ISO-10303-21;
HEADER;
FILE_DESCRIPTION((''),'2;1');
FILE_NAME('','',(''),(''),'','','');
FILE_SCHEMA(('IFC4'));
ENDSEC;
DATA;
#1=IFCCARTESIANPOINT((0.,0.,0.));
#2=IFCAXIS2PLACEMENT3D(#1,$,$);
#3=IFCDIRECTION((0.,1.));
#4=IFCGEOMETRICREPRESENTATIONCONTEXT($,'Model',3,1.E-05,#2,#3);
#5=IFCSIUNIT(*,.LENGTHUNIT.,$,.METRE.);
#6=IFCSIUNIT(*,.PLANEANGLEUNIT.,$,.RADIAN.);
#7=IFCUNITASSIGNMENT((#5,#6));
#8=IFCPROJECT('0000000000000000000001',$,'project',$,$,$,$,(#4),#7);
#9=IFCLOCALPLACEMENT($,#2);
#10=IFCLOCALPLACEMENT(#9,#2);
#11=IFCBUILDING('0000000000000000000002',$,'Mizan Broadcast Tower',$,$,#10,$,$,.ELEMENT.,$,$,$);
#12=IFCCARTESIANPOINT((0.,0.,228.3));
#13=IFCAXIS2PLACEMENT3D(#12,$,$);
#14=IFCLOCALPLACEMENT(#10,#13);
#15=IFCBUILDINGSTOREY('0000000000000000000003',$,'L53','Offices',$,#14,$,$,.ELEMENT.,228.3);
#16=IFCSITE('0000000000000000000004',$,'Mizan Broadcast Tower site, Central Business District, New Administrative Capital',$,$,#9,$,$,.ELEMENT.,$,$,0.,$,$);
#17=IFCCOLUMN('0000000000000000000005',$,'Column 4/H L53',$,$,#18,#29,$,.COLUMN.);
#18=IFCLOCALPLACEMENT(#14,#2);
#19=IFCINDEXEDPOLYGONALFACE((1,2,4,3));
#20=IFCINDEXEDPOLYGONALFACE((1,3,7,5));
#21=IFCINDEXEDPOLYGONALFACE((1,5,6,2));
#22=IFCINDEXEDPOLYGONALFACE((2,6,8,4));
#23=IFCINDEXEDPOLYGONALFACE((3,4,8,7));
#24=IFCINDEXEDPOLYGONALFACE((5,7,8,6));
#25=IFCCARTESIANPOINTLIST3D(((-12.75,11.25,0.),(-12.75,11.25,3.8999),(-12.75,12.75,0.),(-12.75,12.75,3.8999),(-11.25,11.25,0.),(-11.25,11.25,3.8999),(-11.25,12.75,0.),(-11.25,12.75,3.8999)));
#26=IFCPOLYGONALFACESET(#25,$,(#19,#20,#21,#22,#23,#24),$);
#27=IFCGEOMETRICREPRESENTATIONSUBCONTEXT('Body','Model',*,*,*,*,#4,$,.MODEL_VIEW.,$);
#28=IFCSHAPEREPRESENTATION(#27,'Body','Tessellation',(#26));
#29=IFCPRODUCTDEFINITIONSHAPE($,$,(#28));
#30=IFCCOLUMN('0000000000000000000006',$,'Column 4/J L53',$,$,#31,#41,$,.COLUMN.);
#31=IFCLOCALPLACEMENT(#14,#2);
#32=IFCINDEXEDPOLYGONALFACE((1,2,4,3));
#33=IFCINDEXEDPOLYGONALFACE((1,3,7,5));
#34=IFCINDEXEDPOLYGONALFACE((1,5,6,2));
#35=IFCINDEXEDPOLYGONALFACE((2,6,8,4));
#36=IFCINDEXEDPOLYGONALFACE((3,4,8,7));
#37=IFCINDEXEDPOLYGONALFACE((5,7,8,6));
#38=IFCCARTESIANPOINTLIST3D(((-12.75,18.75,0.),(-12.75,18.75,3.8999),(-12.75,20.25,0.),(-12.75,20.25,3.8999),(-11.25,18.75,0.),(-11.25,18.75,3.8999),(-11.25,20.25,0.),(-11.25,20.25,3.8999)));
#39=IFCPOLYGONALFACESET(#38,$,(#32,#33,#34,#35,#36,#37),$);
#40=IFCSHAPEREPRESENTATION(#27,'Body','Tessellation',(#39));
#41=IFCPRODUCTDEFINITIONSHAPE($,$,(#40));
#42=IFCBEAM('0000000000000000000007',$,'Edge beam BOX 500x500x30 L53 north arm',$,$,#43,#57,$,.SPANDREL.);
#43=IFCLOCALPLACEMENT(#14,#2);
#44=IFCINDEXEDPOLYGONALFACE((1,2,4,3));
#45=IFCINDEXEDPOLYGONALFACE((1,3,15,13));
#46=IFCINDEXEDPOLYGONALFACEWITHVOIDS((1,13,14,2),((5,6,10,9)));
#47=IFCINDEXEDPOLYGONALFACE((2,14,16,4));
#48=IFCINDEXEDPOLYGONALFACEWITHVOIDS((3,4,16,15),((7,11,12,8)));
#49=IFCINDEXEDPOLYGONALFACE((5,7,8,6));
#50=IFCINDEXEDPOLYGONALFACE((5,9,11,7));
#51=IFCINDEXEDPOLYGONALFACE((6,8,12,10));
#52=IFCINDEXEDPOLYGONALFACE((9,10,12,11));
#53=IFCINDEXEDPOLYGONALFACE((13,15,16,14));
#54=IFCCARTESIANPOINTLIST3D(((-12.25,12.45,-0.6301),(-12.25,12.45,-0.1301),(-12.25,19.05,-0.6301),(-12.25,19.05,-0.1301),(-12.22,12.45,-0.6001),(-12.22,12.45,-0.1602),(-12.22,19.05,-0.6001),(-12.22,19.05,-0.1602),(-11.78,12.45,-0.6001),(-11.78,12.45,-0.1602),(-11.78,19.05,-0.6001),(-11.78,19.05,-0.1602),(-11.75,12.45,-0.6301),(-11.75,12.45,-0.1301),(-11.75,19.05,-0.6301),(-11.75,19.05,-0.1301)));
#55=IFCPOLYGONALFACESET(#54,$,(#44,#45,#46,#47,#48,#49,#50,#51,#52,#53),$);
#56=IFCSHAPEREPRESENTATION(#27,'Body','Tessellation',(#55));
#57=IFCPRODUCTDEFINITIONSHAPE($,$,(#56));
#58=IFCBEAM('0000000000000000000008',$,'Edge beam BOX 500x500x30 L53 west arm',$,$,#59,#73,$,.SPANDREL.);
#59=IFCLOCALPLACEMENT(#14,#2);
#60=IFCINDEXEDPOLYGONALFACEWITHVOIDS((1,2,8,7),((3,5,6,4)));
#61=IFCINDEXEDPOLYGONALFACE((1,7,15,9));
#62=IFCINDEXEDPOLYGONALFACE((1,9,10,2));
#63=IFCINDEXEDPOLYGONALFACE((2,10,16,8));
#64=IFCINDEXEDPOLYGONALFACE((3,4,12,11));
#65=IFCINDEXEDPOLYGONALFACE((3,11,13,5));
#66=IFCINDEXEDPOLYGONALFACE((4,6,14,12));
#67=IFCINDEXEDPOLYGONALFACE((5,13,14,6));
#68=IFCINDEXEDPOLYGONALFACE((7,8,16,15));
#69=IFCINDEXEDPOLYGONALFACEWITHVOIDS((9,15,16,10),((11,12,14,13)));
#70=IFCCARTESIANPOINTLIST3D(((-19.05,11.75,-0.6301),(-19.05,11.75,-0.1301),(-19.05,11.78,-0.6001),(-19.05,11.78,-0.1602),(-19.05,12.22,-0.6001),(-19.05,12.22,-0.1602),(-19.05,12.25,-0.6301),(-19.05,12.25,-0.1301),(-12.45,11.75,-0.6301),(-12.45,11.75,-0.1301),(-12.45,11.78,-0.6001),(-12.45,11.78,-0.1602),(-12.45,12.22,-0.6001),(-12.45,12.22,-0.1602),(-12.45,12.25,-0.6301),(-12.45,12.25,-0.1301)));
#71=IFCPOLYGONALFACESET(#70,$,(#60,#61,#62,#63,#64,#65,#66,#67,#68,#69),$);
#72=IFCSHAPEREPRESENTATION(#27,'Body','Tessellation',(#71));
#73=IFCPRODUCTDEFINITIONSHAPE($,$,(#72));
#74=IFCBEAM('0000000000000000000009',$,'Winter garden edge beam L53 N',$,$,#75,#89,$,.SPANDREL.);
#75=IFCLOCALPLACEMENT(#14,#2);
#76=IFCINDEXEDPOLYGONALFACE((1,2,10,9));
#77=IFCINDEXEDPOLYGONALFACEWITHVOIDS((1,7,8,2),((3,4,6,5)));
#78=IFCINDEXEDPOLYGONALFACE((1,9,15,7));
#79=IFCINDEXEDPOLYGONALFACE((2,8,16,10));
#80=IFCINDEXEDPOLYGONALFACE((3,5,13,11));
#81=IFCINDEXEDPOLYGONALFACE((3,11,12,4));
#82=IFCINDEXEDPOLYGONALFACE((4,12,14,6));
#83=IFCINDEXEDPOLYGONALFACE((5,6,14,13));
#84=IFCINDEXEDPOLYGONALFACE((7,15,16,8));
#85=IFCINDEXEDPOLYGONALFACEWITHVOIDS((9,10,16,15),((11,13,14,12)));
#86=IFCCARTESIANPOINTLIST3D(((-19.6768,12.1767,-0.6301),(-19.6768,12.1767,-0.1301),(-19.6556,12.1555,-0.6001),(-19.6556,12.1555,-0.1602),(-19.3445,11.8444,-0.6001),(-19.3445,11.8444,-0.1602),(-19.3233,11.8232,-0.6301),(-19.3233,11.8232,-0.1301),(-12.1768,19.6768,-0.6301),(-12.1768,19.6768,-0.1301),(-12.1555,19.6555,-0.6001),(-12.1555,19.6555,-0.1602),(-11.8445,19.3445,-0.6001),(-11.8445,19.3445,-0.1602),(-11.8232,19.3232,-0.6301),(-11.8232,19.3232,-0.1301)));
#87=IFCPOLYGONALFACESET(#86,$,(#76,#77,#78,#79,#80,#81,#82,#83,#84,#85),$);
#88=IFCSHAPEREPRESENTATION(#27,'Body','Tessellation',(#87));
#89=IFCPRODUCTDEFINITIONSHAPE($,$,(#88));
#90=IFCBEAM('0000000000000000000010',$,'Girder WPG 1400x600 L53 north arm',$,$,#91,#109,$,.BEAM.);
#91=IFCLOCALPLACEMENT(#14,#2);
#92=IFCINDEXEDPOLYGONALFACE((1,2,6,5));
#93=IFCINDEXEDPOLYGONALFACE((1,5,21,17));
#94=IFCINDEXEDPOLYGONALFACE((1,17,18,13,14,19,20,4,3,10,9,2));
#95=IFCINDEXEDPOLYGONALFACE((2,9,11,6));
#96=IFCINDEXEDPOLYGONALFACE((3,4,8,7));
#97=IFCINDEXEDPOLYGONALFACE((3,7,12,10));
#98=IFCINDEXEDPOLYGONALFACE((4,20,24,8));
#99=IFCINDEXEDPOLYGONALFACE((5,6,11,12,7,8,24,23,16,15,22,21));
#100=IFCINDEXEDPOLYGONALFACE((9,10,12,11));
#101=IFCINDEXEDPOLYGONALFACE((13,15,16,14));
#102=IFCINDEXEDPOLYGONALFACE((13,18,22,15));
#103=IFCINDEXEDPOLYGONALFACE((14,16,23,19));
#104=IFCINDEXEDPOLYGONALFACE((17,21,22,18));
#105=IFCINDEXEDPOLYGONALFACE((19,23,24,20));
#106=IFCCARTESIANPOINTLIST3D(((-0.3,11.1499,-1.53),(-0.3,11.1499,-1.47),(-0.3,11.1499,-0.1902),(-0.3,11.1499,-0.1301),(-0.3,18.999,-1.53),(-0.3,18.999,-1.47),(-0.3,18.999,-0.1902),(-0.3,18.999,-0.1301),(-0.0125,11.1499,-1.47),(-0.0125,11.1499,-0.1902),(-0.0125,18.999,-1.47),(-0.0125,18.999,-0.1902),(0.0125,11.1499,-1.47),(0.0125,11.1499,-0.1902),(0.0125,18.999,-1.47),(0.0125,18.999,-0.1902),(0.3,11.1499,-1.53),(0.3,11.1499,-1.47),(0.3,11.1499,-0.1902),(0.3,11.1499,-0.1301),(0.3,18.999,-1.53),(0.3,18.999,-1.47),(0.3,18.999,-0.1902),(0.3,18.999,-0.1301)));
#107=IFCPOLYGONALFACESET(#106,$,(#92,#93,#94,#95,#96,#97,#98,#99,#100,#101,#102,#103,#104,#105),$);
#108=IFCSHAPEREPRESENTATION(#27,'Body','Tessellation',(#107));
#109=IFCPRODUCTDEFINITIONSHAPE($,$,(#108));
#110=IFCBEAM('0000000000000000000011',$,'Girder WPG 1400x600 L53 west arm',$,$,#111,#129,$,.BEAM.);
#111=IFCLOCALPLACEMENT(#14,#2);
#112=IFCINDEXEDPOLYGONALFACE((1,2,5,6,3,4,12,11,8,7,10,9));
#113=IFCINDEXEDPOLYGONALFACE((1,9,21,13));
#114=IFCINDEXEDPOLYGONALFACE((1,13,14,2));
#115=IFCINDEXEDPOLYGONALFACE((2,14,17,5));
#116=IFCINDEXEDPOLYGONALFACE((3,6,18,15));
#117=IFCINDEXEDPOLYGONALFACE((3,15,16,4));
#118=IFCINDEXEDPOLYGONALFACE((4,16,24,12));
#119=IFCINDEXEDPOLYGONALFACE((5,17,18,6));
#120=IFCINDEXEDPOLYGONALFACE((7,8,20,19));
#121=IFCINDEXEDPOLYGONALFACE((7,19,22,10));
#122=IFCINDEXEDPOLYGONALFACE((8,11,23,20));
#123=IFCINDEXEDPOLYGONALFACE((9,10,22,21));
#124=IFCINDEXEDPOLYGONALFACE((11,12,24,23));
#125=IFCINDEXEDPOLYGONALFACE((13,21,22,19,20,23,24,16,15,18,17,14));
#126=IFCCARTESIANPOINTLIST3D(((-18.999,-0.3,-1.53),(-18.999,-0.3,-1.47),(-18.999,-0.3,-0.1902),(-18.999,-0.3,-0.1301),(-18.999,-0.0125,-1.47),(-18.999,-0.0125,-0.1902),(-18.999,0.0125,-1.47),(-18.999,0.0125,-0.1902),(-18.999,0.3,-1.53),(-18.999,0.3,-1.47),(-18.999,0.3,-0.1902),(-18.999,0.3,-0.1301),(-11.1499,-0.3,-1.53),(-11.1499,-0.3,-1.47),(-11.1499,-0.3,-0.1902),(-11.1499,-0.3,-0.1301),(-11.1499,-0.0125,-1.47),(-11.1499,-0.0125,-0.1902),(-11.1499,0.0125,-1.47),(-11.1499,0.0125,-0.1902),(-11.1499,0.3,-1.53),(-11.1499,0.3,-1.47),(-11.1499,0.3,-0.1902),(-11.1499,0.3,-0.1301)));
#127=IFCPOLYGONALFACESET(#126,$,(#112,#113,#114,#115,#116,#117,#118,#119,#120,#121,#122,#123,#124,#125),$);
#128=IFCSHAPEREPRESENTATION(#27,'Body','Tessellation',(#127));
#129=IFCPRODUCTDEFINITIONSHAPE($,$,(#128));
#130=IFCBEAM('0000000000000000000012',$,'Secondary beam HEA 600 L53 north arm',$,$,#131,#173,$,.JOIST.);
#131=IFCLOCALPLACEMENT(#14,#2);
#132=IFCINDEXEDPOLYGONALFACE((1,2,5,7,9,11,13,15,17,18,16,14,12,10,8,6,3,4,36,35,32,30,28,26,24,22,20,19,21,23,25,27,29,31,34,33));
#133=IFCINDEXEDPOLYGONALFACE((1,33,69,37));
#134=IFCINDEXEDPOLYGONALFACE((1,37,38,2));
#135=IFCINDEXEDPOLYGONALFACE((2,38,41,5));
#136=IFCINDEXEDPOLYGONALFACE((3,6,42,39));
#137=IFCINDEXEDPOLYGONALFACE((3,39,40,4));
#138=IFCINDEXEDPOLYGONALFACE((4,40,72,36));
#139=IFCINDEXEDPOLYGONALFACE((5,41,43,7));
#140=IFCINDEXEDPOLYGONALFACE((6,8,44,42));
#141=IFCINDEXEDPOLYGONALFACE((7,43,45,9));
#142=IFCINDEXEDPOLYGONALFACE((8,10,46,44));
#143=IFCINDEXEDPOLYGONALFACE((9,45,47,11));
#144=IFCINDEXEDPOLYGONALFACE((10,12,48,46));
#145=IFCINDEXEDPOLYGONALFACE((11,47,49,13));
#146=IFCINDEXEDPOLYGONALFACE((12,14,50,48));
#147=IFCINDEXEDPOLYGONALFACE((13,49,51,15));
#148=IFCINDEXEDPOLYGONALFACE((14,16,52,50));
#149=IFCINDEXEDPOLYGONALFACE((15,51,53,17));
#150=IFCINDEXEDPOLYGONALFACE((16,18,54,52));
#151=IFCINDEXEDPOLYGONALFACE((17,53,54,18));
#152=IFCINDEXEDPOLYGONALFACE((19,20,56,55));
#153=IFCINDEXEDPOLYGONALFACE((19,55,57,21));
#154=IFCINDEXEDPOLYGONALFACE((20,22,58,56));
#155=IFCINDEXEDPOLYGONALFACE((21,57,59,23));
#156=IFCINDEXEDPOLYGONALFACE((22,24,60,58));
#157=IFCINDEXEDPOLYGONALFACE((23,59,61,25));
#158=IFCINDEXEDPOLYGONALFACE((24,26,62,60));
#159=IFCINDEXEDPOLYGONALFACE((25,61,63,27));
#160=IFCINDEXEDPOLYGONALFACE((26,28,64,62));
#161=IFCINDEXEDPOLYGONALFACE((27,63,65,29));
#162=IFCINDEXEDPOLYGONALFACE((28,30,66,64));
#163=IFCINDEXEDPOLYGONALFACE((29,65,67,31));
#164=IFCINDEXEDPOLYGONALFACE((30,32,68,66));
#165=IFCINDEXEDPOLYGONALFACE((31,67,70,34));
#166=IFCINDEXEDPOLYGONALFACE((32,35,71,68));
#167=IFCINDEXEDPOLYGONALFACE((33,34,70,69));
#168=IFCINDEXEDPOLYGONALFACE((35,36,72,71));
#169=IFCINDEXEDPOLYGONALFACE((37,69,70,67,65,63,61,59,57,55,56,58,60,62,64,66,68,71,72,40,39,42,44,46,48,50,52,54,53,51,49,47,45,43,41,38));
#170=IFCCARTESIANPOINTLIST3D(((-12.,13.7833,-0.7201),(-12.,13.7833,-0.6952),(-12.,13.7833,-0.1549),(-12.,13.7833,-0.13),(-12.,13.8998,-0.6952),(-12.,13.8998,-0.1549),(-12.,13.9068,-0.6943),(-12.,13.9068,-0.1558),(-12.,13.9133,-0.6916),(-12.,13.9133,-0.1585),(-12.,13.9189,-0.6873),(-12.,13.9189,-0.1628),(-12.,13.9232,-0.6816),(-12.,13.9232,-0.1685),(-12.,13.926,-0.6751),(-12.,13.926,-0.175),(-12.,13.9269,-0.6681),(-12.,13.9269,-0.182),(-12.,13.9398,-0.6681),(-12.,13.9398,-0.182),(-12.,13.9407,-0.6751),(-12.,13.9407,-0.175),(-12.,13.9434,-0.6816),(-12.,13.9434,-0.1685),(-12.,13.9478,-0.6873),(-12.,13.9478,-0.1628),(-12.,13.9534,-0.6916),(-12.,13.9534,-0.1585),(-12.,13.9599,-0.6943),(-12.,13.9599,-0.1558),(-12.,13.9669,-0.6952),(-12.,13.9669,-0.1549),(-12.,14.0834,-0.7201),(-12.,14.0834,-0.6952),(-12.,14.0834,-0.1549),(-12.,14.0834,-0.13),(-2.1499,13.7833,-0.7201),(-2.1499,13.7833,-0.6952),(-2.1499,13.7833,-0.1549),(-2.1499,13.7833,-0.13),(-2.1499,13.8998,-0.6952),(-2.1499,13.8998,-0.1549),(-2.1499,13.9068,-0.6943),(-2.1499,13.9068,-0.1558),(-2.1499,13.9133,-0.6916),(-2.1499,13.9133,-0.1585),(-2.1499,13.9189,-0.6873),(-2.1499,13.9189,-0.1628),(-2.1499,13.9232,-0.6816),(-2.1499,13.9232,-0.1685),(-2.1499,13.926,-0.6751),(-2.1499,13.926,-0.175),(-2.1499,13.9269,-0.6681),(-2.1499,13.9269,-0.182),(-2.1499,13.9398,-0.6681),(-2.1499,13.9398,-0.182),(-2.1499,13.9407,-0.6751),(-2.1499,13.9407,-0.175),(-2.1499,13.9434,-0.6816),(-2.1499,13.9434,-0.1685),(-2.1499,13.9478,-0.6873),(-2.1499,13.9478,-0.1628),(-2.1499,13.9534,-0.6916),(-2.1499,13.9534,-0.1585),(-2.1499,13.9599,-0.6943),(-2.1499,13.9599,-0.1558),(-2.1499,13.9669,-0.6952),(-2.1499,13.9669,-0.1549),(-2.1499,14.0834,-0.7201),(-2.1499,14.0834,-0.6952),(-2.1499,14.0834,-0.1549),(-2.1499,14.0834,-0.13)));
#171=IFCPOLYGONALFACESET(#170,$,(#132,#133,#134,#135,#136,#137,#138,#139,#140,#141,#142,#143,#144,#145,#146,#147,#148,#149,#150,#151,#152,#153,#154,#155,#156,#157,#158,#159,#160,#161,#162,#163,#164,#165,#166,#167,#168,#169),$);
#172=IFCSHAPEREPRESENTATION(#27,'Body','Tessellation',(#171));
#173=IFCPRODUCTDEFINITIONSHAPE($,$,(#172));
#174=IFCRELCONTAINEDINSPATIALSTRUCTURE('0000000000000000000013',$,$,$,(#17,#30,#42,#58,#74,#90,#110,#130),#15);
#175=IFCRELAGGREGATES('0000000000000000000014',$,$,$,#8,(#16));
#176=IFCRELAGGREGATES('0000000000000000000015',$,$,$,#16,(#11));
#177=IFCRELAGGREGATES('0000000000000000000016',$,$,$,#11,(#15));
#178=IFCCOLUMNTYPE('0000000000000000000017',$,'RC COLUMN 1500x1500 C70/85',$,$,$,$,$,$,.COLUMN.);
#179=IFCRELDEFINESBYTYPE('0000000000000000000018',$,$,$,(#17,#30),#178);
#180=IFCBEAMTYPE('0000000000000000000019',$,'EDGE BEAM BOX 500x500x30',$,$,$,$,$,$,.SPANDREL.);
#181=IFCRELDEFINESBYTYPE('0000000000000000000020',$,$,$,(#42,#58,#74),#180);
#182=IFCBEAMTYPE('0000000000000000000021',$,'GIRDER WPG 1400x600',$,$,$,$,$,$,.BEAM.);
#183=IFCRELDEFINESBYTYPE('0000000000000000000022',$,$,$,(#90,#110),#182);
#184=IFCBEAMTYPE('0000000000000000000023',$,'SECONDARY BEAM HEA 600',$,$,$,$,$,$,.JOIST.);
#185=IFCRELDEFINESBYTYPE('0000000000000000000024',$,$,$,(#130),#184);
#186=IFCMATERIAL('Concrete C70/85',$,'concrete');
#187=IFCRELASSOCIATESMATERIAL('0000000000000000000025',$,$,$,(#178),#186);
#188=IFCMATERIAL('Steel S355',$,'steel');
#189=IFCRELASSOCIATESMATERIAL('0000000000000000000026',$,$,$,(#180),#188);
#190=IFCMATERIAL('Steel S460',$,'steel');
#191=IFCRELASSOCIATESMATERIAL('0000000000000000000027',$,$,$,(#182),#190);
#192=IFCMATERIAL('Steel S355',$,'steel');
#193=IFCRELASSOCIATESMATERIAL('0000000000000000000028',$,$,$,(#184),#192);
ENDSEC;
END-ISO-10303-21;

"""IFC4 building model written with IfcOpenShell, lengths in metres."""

from ifc_helpers import new_model, si_unit, direction, frame, origin, origin_2d, place, context, subcontext, project, spatial, rectangle, hollow_rectangle, i_section, extrude, material, material_profile, profile_set, type_object, element, save


model = new_model("IFC4")

# Units and contexts
model_context = context("Model", 3, precision=1e-05, world=origin(), true_north=direction((0.0, 1.0)))
body_context = subcontext(model_context, "Body", "Model", "MODEL_VIEW")
ifc_project = project(units=[si_unit("LENGTHUNIT", "METRE"), si_unit("PLANEANGLEUNIT", "RADIAN")], contexts=[model_context])

# Site, building, storey
site_placement = place(None, origin())
site = spatial("IfcSite", under=ifc_project, at=site_placement, Name="Mizan Broadcast Tower site, Central Business District, New Administrative Capital", CompositionType="ELEMENT", RefElevation=0.0)
building_placement = place(site_placement, origin())
building = spatial("IfcBuilding", under=site, at=building_placement, Name="Mizan Broadcast Tower", CompositionType="ELEMENT")
storey_placement = place(building_placement, frame((0.0, 0.0, 228.3)))
storey = spatial("IfcBuildingStorey", under=building, at=storey_placement, Name="L53", Description="Offices", CompositionType="ELEMENT", Elevation=228.3)

# Columns
ifc_material_1 = material(Name="Concrete C70/85", Category="concrete")
ifc_material_profile_1 = material_profile(ifc_material_1, rectangle(XDim=1.5, YDim=1.5, at=origin_2d()), Name="RC 1500x1500")
ifc_profile_set_1 = profile_set([ifc_material_profile_1], Name="Concrete C70/85")
column_type = type_object("IfcColumnType", Name="RC COLUMN 1500x1500 C70/85", PredefinedType="COLUMN", material=ifc_profile_set_1)
for number, where, z_axis, x_axis, name in (
    (1, (-12.0, 12.0, 0.0), (0.0, 0.0, 1.0), (1.0, 0.0, 0.0), "Column 4/H L53"),
    (2, (-12.0, 19.5, 0.0), (0.0, 0.0, 1.0), (1.0, 0.0, 0.0), "Column 4/J L53"),
):
    element("IfcColumn", number, at=place(storey_placement, frame(where, z_axis=z_axis, x_axis=x_axis)), inside=storey, type_object=column_type, Name=name, PredefinedType="COLUMN", context=body_context, shape_type="SweptSolid", body=[
        extrude(rectangle(XDim=1.5, YDim=1.5, at=origin_2d()), origin(), (0.0, 0.0, 1.0), 3.8999),
    ])

# Beams
ifc_material_2 = material(Name="Steel S355", Category="steel")
ifc_material_profile_2 = material_profile(ifc_material_2, hollow_rectangle(XDim=0.5, YDim=0.5, WallThickness=0.03, at=origin_2d()), Name="BOX 500x500x30")
ifc_profile_set_2 = profile_set([ifc_material_profile_2], Name="Steel S355")
beam_type_1 = type_object("IfcBeamType", Name="EDGE BEAM BOX 500x500x30", PredefinedType="SPANDREL", material=ifc_profile_set_2)
for number, where, z_axis, x_axis, name in (
    (3, (-12.0, 12.45, -0.3801), (0.0, 1.0, 0.0), (-1.0, 0.0, 0.0), "Edge beam BOX 500x500x30 L53 north arm"),
    (4, (-12.45, 12.0, -0.3801), (-1.0, 0.0, 0.0), (0.0, -1.0, 0.0), "Edge beam BOX 500x500x30 L53 west arm"),
):
    element("IfcBeam", number, at=place(storey_placement, frame(where, z_axis=z_axis, x_axis=x_axis)), inside=storey, type_object=beam_type_1, Name=name, PredefinedType="SPANDREL", context=body_context, shape_type="SweptSolid", body=[
        extrude(hollow_rectangle(XDim=0.5, YDim=0.5, WallThickness=0.03, at=origin_2d()), origin(), (0.0, 0.0, 1.0), 6.6001),
    ])
beam_1_placement = place(storey_placement, frame((-12.0, 19.5, -0.3801), z_axis=(-0.707107, -0.707107, 0.0), x_axis=(0.707107, -0.707107, 0.0)))
element("IfcBeam", 5, at=beam_1_placement, inside=storey, type_object=beam_type_1, Name="Winter garden edge beam L53 N", PredefinedType="SPANDREL", context=body_context, shape_type="SweptSolid", body=[
    extrude(hollow_rectangle(XDim=0.5, YDim=0.5, WallThickness=0.03, at=origin_2d()), origin(), (0.0, 0.0, 1.0), 10.6067),
])
ifc_material_3 = material(Name="Steel S460", Category="steel")
ifc_material_profile_3 = material_profile(ifc_material_3, i_section(OverallWidth=0.6001, OverallDepth=1.3999, WebThickness=0.0249, FlangeThickness=0.0601, at=origin_2d()), Name="WPG 1400x600")
ifc_profile_set_3 = profile_set([ifc_material_profile_3], Name="Steel S460")
beam_type_2 = type_object("IfcBeamType", Name="GIRDER WPG 1400x600", PredefinedType="BEAM", material=ifc_profile_set_3)
for number, where, z_axis, x_axis, name in (
    (6, (0.0, 11.1499, -0.8301), (0.0, 1.0, 0.0), (-1.0, 0.0, 0.0), "Girder WPG 1400x600 L53 north arm"),
    (7, (-11.1499, 0.0, -0.8301), (-1.0, 0.0, 0.0), (0.0, -1.0, 0.0), "Girder WPG 1400x600 L53 west arm"),
):
    element("IfcBeam", number, at=place(storey_placement, frame(where, z_axis=z_axis, x_axis=x_axis)), inside=storey, type_object=beam_type_2, Name=name, PredefinedType="BEAM", context=body_context, shape_type="SweptSolid", body=[
        extrude(i_section(OverallWidth=0.6001, OverallDepth=1.3999, WebThickness=0.0249, FlangeThickness=0.0601, at=origin_2d()), origin(), (0.0, 0.0, 1.0), 7.8491),
    ])
ifc_material_4 = material(Name="Steel S355", Category="steel")
ifc_material_profile_4 = material_profile(ifc_material_4, i_section(OverallWidth=0.3, OverallDepth=0.5901, WebThickness=0.0129, FlangeThickness=0.0249, FilletRadius=0.0271, at=origin_2d()), Name="HEA 600")
ifc_profile_set_4 = profile_set([ifc_material_profile_4], Name="Steel S355")
beam_type_3 = type_object("IfcBeamType", Name="SECONDARY BEAM HEA 600", PredefinedType="JOIST", material=ifc_profile_set_4)
for number, where, z_axis, x_axis, name in (
    (8, (-12.0, 13.9333, -0.425), (1.0, 0.0, 0.0), (0.0, 1.0, 0.0), "Secondary beam HEA 600 L53 north arm"),
):
    element("IfcBeam", number, at=place(storey_placement, frame(where, z_axis=z_axis, x_axis=x_axis)), inside=storey, type_object=beam_type_3, Name=name, PredefinedType="JOIST", context=body_context, shape_type="SweptSolid", body=[
        extrude(i_section(OverallWidth=0.3, OverallDepth=0.5901, WebThickness=0.0129, FlangeThickness=0.0249, FilletRadius=0.0271, at=origin_2d()), origin(), (0.0, 0.0, 1.0), 9.8501),
    ])

save(model, "model.ifc")
